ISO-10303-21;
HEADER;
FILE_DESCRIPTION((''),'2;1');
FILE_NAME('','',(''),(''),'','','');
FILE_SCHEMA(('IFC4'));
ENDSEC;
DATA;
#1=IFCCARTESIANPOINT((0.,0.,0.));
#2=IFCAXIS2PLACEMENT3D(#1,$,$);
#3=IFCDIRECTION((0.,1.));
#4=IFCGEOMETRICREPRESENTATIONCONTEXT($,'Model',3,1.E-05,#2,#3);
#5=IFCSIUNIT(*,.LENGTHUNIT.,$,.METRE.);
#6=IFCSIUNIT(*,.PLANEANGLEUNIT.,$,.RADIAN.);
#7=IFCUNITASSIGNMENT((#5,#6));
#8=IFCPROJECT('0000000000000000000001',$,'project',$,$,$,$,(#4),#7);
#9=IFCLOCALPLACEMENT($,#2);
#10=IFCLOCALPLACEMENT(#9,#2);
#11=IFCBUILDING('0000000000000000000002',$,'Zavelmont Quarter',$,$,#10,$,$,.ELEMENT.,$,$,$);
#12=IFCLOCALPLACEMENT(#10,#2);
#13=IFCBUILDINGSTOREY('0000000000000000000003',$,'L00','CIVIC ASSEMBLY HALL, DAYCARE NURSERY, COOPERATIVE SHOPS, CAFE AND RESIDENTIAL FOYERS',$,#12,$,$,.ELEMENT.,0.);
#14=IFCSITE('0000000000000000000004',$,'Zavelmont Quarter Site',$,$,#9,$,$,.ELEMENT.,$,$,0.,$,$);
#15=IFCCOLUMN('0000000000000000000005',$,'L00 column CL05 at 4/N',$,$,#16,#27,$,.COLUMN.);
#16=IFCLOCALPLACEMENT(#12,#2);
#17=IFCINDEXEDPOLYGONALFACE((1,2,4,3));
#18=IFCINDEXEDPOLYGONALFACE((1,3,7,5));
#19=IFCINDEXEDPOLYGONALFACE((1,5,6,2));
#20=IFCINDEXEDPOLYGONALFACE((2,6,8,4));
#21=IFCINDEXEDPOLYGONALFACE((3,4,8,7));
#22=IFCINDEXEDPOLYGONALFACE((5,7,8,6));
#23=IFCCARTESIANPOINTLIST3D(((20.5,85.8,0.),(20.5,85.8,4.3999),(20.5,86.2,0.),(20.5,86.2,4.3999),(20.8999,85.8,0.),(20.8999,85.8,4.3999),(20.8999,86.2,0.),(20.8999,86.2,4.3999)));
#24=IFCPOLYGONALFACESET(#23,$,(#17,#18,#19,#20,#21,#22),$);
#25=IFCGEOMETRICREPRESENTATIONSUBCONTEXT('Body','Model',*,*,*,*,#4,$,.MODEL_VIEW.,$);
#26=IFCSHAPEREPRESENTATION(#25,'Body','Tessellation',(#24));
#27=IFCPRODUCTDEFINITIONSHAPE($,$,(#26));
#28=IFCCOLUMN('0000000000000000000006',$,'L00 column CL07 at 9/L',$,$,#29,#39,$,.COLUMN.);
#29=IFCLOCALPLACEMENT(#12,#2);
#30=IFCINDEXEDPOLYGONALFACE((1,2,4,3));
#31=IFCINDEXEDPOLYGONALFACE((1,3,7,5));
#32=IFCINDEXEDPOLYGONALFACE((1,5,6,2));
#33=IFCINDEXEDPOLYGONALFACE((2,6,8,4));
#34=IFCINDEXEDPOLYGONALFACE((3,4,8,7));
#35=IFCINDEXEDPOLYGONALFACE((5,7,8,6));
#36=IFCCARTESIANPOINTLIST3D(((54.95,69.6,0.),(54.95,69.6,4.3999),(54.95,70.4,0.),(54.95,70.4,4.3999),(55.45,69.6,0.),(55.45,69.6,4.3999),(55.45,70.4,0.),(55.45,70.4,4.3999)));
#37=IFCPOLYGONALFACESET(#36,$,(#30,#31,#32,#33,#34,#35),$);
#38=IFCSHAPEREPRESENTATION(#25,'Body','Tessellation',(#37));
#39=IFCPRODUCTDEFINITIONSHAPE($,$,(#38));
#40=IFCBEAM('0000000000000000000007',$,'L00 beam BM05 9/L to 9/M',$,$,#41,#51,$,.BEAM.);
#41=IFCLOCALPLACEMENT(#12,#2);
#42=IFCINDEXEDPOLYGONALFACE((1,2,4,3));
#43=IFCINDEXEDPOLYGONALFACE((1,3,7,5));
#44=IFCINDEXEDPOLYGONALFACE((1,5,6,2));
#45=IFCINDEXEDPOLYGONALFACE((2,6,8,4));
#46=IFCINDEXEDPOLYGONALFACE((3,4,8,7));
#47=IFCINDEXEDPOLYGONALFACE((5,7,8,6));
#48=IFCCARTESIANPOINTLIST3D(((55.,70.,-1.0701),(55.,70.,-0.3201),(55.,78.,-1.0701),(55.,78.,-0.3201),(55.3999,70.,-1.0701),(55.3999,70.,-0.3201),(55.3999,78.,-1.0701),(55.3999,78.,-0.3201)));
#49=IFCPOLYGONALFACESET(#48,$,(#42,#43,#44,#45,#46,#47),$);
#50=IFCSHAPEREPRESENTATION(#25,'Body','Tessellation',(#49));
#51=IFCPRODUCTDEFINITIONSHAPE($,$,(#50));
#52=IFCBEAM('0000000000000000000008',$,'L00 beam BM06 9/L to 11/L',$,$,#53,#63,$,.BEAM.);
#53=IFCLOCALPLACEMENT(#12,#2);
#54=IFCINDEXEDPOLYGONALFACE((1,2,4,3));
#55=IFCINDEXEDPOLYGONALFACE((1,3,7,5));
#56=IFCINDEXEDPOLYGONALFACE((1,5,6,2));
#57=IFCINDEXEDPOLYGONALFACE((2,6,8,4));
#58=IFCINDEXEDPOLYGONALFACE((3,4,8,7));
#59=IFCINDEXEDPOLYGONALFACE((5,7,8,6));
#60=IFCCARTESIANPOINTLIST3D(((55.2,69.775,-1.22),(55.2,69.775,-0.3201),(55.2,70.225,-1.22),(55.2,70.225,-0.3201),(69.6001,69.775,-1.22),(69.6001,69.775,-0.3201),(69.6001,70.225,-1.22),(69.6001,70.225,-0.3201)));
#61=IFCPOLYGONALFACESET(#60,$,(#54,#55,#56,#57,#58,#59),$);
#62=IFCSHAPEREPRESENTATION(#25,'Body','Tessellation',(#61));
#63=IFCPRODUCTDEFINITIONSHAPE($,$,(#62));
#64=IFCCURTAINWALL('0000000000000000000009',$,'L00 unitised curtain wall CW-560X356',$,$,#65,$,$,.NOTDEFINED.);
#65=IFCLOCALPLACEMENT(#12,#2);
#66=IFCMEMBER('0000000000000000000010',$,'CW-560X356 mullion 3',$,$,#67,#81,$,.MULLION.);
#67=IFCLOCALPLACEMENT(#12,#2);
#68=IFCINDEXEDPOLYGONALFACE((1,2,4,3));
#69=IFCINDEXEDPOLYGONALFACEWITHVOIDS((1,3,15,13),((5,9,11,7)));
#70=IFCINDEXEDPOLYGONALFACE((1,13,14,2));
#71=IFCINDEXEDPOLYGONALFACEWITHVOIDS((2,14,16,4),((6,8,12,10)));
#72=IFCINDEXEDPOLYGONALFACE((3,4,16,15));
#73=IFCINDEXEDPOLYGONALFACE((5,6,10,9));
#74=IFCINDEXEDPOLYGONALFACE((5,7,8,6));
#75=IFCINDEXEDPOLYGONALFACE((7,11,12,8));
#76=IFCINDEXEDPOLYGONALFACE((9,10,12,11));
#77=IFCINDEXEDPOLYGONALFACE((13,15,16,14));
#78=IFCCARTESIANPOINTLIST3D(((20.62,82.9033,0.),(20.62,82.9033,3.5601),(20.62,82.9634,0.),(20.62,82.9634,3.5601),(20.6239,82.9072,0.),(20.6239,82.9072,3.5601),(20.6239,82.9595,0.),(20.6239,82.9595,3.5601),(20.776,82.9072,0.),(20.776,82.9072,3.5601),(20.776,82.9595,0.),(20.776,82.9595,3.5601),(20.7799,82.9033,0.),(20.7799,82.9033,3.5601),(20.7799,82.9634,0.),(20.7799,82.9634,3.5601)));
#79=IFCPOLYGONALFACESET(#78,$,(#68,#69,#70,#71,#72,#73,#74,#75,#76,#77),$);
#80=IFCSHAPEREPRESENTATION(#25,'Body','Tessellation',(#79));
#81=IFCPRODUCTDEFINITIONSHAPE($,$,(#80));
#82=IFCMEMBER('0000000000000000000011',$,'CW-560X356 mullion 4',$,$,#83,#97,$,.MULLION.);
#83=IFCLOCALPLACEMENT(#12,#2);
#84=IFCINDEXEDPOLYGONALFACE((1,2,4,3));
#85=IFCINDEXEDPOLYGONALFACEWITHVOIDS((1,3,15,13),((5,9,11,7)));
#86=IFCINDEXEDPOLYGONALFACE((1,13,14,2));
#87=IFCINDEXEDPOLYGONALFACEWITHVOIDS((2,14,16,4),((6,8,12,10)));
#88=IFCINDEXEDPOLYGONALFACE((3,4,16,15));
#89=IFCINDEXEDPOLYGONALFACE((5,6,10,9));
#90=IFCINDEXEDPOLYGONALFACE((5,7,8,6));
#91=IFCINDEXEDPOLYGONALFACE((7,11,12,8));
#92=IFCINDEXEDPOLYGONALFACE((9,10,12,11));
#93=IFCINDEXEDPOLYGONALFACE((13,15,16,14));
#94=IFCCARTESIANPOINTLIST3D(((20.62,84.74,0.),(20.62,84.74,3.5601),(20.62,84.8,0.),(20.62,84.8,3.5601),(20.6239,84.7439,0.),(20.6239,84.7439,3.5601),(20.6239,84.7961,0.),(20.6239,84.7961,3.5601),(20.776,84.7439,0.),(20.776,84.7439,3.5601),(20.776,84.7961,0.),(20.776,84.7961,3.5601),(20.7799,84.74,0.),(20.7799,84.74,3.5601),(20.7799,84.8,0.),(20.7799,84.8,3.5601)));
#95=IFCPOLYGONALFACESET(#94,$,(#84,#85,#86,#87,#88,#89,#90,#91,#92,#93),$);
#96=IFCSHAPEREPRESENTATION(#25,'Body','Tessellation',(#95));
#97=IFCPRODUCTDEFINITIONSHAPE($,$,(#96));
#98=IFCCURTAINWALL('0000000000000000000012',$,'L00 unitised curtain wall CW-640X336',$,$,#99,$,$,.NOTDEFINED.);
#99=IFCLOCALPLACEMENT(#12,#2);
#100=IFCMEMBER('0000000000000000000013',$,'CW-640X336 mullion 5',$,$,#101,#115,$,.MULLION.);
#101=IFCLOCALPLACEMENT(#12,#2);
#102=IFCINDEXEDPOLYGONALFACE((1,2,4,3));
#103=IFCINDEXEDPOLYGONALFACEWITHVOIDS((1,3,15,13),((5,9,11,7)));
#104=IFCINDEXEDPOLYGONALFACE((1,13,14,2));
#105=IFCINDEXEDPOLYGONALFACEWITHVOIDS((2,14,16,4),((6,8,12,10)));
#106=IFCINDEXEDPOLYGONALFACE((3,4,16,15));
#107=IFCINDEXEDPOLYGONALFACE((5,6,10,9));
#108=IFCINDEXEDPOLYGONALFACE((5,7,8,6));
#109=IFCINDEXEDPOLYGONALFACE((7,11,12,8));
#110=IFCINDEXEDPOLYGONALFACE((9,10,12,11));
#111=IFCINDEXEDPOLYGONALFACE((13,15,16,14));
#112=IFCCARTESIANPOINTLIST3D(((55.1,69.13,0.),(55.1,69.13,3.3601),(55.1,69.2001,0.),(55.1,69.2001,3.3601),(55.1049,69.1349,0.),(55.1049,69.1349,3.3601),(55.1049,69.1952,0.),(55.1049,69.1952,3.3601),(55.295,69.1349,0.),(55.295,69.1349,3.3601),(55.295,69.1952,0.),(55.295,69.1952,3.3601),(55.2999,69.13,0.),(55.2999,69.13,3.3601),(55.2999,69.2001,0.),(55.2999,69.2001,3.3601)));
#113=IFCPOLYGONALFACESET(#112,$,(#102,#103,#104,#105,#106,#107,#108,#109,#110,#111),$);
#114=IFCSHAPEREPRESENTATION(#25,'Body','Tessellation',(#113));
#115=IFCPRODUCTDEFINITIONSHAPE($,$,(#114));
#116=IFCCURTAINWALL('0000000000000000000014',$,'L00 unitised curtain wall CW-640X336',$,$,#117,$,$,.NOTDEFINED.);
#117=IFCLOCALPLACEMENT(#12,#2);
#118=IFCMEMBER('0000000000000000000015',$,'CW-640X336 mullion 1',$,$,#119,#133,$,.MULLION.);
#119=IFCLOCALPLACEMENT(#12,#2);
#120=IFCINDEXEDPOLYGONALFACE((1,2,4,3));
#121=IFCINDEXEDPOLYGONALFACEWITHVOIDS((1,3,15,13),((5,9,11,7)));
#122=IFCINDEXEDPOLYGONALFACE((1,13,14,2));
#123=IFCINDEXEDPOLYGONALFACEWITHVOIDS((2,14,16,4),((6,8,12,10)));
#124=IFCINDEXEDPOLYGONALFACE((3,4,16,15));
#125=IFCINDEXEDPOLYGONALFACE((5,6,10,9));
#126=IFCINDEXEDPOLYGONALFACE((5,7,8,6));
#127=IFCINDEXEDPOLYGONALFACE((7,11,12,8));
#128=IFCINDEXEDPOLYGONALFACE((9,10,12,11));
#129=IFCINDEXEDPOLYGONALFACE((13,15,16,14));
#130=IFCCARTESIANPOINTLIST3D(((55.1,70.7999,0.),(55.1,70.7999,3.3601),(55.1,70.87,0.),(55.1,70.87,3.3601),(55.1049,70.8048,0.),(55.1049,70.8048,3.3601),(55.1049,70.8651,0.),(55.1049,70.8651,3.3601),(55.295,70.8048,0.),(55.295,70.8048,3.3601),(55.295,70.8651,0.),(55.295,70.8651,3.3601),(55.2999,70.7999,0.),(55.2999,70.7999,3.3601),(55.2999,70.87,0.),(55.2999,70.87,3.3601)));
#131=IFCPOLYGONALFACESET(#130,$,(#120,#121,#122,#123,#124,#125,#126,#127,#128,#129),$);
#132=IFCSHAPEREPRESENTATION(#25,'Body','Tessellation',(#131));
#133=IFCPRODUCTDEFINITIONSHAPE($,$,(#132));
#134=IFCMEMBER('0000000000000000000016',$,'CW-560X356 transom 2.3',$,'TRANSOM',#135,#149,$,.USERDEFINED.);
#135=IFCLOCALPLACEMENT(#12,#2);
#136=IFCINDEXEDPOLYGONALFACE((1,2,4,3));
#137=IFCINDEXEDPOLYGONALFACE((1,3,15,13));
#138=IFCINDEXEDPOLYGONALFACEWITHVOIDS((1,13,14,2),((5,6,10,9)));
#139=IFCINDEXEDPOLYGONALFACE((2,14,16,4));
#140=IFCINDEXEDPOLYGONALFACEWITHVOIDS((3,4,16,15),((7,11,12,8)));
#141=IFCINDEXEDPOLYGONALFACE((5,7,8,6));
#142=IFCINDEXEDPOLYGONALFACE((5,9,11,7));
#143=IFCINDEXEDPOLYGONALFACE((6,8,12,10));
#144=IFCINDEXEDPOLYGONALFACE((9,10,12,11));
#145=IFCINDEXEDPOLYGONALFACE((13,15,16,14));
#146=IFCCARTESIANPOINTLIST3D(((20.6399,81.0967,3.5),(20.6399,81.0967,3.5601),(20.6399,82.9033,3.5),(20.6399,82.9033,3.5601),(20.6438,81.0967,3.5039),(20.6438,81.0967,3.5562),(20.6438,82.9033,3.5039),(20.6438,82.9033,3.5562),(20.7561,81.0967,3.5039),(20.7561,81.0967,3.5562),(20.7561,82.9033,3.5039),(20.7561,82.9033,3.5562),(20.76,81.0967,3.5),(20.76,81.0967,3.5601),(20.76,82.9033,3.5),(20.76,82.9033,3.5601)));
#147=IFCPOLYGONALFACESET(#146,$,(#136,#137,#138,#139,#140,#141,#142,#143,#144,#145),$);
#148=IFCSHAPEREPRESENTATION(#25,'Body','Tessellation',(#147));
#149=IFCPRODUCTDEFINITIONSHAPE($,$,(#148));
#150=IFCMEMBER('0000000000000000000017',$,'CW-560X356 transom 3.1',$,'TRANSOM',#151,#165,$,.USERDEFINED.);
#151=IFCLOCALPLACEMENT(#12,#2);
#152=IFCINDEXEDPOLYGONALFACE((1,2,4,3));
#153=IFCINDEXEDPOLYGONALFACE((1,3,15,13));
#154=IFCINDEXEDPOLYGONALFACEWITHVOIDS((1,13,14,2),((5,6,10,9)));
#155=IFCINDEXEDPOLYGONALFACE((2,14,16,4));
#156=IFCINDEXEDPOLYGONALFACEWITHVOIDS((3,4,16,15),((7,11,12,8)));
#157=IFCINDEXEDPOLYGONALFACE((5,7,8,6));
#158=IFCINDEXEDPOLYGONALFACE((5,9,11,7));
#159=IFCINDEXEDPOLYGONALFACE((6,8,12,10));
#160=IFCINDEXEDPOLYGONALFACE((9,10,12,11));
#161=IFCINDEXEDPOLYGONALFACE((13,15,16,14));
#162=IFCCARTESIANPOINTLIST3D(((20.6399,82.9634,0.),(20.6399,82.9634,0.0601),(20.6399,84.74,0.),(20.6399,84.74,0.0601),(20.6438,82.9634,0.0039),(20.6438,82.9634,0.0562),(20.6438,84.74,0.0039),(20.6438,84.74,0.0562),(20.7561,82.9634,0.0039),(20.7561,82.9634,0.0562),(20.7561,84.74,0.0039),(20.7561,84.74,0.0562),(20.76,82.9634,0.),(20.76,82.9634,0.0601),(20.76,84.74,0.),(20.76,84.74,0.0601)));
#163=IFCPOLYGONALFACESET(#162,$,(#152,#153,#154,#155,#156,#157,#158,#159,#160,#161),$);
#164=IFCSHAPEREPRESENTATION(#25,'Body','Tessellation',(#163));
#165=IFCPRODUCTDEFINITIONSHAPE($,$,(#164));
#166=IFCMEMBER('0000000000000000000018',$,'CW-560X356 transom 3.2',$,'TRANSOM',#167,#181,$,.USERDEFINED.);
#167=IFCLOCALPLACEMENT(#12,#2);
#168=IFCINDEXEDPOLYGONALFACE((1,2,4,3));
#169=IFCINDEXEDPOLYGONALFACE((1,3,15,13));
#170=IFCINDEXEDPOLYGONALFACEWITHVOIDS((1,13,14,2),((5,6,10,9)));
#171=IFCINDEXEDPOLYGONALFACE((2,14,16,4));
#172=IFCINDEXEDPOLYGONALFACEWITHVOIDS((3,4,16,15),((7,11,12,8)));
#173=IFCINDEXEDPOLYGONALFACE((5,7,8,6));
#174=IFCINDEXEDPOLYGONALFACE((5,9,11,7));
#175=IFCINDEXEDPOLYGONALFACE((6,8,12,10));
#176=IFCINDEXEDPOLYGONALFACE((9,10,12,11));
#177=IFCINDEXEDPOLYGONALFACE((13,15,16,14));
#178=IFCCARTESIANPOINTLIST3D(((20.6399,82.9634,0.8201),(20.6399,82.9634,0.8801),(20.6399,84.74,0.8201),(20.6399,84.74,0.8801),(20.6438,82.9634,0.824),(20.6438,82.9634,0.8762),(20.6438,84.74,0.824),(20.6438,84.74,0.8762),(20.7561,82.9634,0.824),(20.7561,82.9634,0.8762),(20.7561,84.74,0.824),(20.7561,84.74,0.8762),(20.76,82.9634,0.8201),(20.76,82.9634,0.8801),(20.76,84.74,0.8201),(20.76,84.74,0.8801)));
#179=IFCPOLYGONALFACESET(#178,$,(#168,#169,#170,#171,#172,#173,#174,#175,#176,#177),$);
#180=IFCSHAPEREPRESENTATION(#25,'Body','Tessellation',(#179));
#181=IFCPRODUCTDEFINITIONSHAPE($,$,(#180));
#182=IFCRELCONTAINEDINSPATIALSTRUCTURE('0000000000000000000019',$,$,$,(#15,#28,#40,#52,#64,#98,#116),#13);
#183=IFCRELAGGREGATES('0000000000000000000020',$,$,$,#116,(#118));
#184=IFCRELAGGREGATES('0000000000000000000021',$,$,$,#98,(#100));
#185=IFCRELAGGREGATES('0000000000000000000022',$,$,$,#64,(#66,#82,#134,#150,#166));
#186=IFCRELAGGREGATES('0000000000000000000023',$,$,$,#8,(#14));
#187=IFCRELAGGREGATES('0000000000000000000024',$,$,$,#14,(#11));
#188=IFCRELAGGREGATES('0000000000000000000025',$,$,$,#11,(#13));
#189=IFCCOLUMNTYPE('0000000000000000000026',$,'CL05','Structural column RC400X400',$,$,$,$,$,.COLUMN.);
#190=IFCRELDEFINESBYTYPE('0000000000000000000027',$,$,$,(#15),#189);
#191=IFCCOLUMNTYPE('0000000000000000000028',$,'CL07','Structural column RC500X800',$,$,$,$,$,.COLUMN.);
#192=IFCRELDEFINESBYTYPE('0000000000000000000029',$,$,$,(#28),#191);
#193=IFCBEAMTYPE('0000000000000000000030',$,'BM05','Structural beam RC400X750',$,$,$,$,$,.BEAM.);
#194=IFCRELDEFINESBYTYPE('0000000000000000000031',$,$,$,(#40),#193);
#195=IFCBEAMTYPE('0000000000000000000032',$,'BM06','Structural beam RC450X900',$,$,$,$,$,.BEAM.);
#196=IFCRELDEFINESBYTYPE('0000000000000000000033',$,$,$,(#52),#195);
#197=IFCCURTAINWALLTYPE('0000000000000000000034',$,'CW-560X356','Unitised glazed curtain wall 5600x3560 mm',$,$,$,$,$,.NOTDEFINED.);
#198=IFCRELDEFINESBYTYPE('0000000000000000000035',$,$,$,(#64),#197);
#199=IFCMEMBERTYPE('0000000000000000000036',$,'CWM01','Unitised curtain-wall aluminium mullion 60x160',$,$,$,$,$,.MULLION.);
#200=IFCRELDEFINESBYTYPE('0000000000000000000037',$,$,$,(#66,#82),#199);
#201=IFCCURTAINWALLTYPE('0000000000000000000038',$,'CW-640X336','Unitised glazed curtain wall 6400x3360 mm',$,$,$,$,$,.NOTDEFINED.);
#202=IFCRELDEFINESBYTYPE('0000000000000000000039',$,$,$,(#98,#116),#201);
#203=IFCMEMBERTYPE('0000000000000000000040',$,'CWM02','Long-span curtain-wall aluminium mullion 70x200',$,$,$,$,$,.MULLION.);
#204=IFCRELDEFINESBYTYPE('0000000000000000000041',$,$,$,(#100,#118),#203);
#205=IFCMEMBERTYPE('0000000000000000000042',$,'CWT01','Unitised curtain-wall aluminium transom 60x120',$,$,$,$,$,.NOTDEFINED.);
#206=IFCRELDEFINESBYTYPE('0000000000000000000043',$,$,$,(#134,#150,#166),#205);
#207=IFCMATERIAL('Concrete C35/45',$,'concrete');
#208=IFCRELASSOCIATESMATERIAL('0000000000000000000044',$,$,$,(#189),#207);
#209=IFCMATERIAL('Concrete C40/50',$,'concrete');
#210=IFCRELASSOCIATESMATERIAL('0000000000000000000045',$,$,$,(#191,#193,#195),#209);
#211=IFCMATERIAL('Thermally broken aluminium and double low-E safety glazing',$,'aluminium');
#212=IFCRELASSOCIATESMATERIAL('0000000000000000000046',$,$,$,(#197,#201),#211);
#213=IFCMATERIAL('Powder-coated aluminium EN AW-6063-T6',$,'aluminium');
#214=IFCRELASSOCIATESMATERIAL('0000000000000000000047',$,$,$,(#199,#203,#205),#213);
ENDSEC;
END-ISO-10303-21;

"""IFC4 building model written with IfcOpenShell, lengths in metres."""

from ifc_helpers import new_model, si_unit, direction, frame, origin, origin_2d, place, context, subcontext, project, spatial, rectangle, hollow_rectangle, extrude, material, material_profile, profile_set, type_object, element, aggregate, save


model = new_model("IFC4")

# Units and contexts
model_context = context("Model", 3, precision=1e-05, world=origin(), true_north=direction((0.0, 1.0)))
body_context = subcontext(model_context, "Body", "Model", "MODEL_VIEW")
ifc_project = project(units=[si_unit("LENGTHUNIT", "METRE"), si_unit("PLANEANGLEUNIT", "RADIAN")], contexts=[model_context])

# Site, building, storey
site_placement = place(None, origin())
site = spatial("IfcSite", under=ifc_project, at=site_placement, Name="Zavelmont Quarter Site", CompositionType="ELEMENT", RefElevation=0.0)
building_placement = place(site_placement, origin())
building = spatial("IfcBuilding", under=site, at=building_placement, Name="Zavelmont Quarter", CompositionType="ELEMENT")
storey_placement = place(building_placement, origin())
storey = spatial("IfcBuildingStorey", under=building, at=storey_placement, Name="L00", Description="CIVIC ASSEMBLY HALL, DAYCARE NURSERY, COOPERATIVE SHOPS, CAFE AND RESIDENTIAL FOYERS", CompositionType="ELEMENT", Elevation=0.0)

# Columns
ifc_material_1 = material(Name="Concrete C35/45", Category="concrete")
ifc_material_profile_1 = material_profile(ifc_material_1, rectangle(XDim=0.3999, YDim=0.3999, at=origin_2d()), Name="RC400X400")
ifc_profile_set_1 = profile_set([ifc_material_profile_1], Name="Concrete C35/45")
column_type_1 = type_object("IfcColumnType", Name="CL05", Description="Structural column RC400X400", PredefinedType="COLUMN", material=ifc_profile_set_1)
column_1_placement = place(storey_placement, frame((20.7, 86.0, 0.0), z_axis=(0.0, 0.0, 1.0), x_axis=(1.0, 0.0, 0.0)))
element("IfcColumn", 1, at=column_1_placement, inside=storey, type_object=column_type_1, Name="L00 column CL05 at 4/N", PredefinedType="COLUMN", context=body_context, shape_type="SweptSolid", body=[
    extrude(rectangle(XDim=0.3999, YDim=0.3999, at=origin_2d()), origin(), (0.0, 0.0, 1.0), 4.3999),
])
ifc_material_2 = material(Name="Concrete C40/50", Category="concrete")
ifc_material_profile_2 = material_profile(ifc_material_2, rectangle(XDim=0.5, YDim=0.8, at=origin_2d()), Name="RC500X800")
ifc_profile_set_2 = profile_set([ifc_material_profile_2], Name="Concrete C40/50")
column_type_2 = type_object("IfcColumnType", Name="CL07", Description="Structural column RC500X800", PredefinedType="COLUMN", material=ifc_profile_set_2)
column_2_placement = place(storey_placement, frame((55.2, 70.0, 0.0), z_axis=(0.0, 0.0, 1.0), x_axis=(1.0, 0.0, 0.0)))
element("IfcColumn", 2, at=column_2_placement, inside=storey, type_object=column_type_2, Name="L00 column CL07 at 9/L", PredefinedType="COLUMN", context=body_context, shape_type="SweptSolid", body=[
    extrude(rectangle(XDim=0.5, YDim=0.8, at=origin_2d()), origin(), (0.0, 0.0, 1.0), 4.3999),
])

# Beams
ifc_material_profile_3 = material_profile(ifc_material_2, rectangle(XDim=0.3999, YDim=0.75, at=origin_2d()), Name="RC400X750")
ifc_profile_set_3 = profile_set([ifc_material_profile_3], Name="Concrete C40/50")
beam_type_1 = type_object("IfcBeamType", Name="BM05", Description="Structural beam RC400X750", PredefinedType="BEAM", material=ifc_profile_set_3)
beam_1_placement = place(storey_placement, frame((55.2, 70.0, -0.6951), z_axis=(0.0, 1.0, 0.0), x_axis=(-1.0, 0.0, 0.0)))
element("IfcBeam", 3, at=beam_1_placement, inside=storey, type_object=beam_type_1, Name="L00 beam BM05 9/L to 9/M", PredefinedType="BEAM", context=body_context, shape_type="SweptSolid", body=[
    extrude(rectangle(XDim=0.3999, YDim=0.75, at=origin_2d()), origin(), (0.0, 0.0, 1.0), 8.0),
])
ifc_material_profile_4 = material_profile(ifc_material_2, rectangle(XDim=0.45, YDim=0.8999, at=origin_2d()), Name="RC450X900")
ifc_profile_set_4 = profile_set([ifc_material_profile_4], Name="Concrete C40/50")
beam_type_2 = type_object("IfcBeamType", Name="BM06", Description="Structural beam RC450X900", PredefinedType="BEAM", material=ifc_profile_set_4)
beam_2_placement = place(storey_placement, frame((55.2, 70.0, -0.77), z_axis=(1.0, 0.0, 0.0), x_axis=(0.0, 1.0, 0.0)))
element("IfcBeam", 4, at=beam_2_placement, inside=storey, type_object=beam_type_2, Name="L00 beam BM06 9/L to 11/L", PredefinedType="BEAM", context=body_context, shape_type="SweptSolid", body=[
    extrude(rectangle(XDim=0.45, YDim=0.8999, at=origin_2d()), origin(), (0.0, 0.0, 1.0), 14.4001),
])

# Curtain wall, members
ifc_material_3 = material(Name="Thermally broken aluminium and double low-E safety glazing", Category="aluminium")
curtain_wall_type_1 = type_object("IfcCurtainWallType", Name="CW-560X356", Description="Unitised glazed curtain wall 5600x3560 mm", PredefinedType="NOTDEFINED", material=ifc_material_3)
curtain_wall_1_placement = place(storey_placement, origin())
curtain_wall_1 = element("IfcCurtainWall", 5, at=curtain_wall_1_placement, inside=storey, type_object=curtain_wall_type_1, Name="L00 unitised curtain wall CW-560X356", PredefinedType="NOTDEFINED")
ifc_material_4 = material(Name="Powder-coated aluminium EN AW-6063-T6", Category="aluminium")
ifc_material_profile_5 = material_profile(ifc_material_4, hollow_rectangle(XDim=0.0601, YDim=0.1599, WallThickness=0.0039, at=origin_2d()), Name="CWM60X160")
ifc_profile_set_5 = profile_set([ifc_material_profile_5], Name="Powder-coated aluminium EN AW-6063-T6")
member_type_1 = type_object("IfcMemberType", Name="CWM01", Description="Unitised curtain-wall aluminium mullion 60x160", PredefinedType="MULLION", material=ifc_profile_set_5)
member_1_placement = place(storey_placement, frame((20.7, 82.9333, 0.0), z_axis=(0.0, 0.0, 1.0), x_axis=(0.0, 1.0, 0.0)))
member_1 = element("IfcMember", 6, at=member_1_placement, type_object=member_type_1, Name="CW-560X356 mullion 3", PredefinedType="MULLION", context=body_context, shape_type="SweptSolid", body=[
    extrude(hollow_rectangle(XDim=0.0601, YDim=0.1599, WallThickness=0.0039, at=origin_2d()), origin(), (0.0, 0.0, 1.0), 3.5601),
])
member_2_placement = place(storey_placement, frame((20.7, 84.77, 0.0), z_axis=(0.0, 0.0, 1.0), x_axis=(0.0, 1.0, 0.0)))
member_2 = element("IfcMember", 7, at=member_2_placement, type_object=member_type_1, Name="CW-560X356 mullion 4", PredefinedType="MULLION", context=body_context, shape_type="SweptSolid", body=[
    extrude(hollow_rectangle(XDim=0.0601, YDim=0.1599, WallThickness=0.0039, at=origin_2d()), origin(), (0.0, 0.0, 1.0), 3.5601),
])

# Curtain walls, members
curtain_wall_type_2 = type_object("IfcCurtainWallType", Name="CW-640X336", Description="Unitised glazed curtain wall 6400x3360 mm", PredefinedType="NOTDEFINED", material=ifc_material_3)
curtain_wall_2_placement = place(storey_placement, origin())
curtain_wall_2 = element("IfcCurtainWall", 8, at=curtain_wall_2_placement, inside=storey, type_object=curtain_wall_type_2, Name="L00 unitised curtain wall CW-640X336", PredefinedType="NOTDEFINED")
ifc_material_profile_6 = material_profile(ifc_material_4, hollow_rectangle(XDim=0.0701, YDim=0.2, WallThickness=0.0049, at=origin_2d()), Name="CWM70X200")
ifc_profile_set_6 = profile_set([ifc_material_profile_6], Name="Powder-coated aluminium EN AW-6063-T6")
member_type_2 = type_object("IfcMemberType", Name="CWM02", Description="Long-span curtain-wall aluminium mullion 70x200", PredefinedType="MULLION", material=ifc_profile_set_6)
member_3_placement = place(storey_placement, frame((55.2, 69.165, 0.0), z_axis=(0.0, 0.0, 1.0), x_axis=(0.0, 1.0, 0.0)))
member_3 = element("IfcMember", 9, at=member_3_placement, type_object=member_type_2, Name="CW-640X336 mullion 5", PredefinedType="MULLION", context=body_context, shape_type="SweptSolid", body=[
    extrude(hollow_rectangle(XDim=0.0701, YDim=0.2, WallThickness=0.0049, at=origin_2d()), origin(), (0.0, 0.0, 1.0), 3.3601),
])
curtain_wall_3_placement = place(storey_placement, origin())
curtain_wall_3 = element("IfcCurtainWall", 10, at=curtain_wall_3_placement, inside=storey, type_object=curtain_wall_type_2, Name="L00 unitised curtain wall CW-640X336", PredefinedType="NOTDEFINED")
member_4_placement = place(storey_placement, frame((55.2, 70.835, 0.0), z_axis=(0.0, 0.0, 1.0), x_axis=(0.0, 1.0, 0.0)))
member_4 = element("IfcMember", 11, at=member_4_placement, type_object=member_type_2, Name="CW-640X336 mullion 1", PredefinedType="MULLION", context=body_context, shape_type="SweptSolid", body=[
    extrude(hollow_rectangle(XDim=0.0701, YDim=0.2, WallThickness=0.0049, at=origin_2d()), origin(), (0.0, 0.0, 1.0), 3.3601),
])
aggregate(curtain_wall_3, [member_4])

# Members
ifc_material_profile_7 = material_profile(ifc_material_4, hollow_rectangle(XDim=0.1201, YDim=0.0601, WallThickness=0.0039, at=origin_2d()), Name="CWT60X120")
ifc_profile_set_7 = profile_set([ifc_material_profile_7], Name="Powder-coated aluminium EN AW-6063-T6")
member_type_3 = type_object("IfcMemberType", Name="CWT01", Description="Unitised curtain-wall aluminium transom 60x120", PredefinedType="NOTDEFINED", material=ifc_profile_set_7)
member_5_placement = place(storey_placement, frame((20.7, 81.0967, 3.53), z_axis=(0.0, 1.0, 0.0), x_axis=(-1.0, 0.0, 0.0)))
member_5 = element("IfcMember", 12, at=member_5_placement, type_object=member_type_3, Name="CW-560X356 transom 2.3", ObjectType="TRANSOM", PredefinedType="USERDEFINED", context=body_context, shape_type="SweptSolid", body=[
    extrude(hollow_rectangle(XDim=0.1201, YDim=0.0601, WallThickness=0.0039, at=origin_2d()), origin(), (0.0, 0.0, 1.0), 1.8066),
])
member_6_placement = place(storey_placement, frame((20.7, 82.9634, 0.03), z_axis=(0.0, 1.0, 0.0), x_axis=(-1.0, 0.0, 0.0)))
member_6 = element("IfcMember", 13, at=member_6_placement, type_object=member_type_3, Name="CW-560X356 transom 3.1", ObjectType="TRANSOM", PredefinedType="USERDEFINED", context=body_context, shape_type="SweptSolid", body=[
    extrude(hollow_rectangle(XDim=0.1201, YDim=0.0601, WallThickness=0.0039, at=origin_2d()), origin(), (0.0, 0.0, 1.0), 1.7766),
])
member_7_placement = place(storey_placement, frame((20.7, 82.9634, 0.8501), z_axis=(0.0, 1.0, 0.0), x_axis=(-1.0, 0.0, 0.0)))
member_7 = element("IfcMember", 14, at=member_7_placement, type_object=member_type_3, Name="CW-560X356 transom 3.2", ObjectType="TRANSOM", PredefinedType="USERDEFINED", context=body_context, shape_type="SweptSolid", body=[
    extrude(hollow_rectangle(XDim=0.1201, YDim=0.0601, WallThickness=0.0039, at=origin_2d()), origin(), (0.0, 0.0, 1.0), 1.7766),
])

aggregate(curtain_wall_2, [member_3])
aggregate(curtain_wall_1, [member_1, member_2, member_5, member_6, member_7])

save(model, "model.ifc")
